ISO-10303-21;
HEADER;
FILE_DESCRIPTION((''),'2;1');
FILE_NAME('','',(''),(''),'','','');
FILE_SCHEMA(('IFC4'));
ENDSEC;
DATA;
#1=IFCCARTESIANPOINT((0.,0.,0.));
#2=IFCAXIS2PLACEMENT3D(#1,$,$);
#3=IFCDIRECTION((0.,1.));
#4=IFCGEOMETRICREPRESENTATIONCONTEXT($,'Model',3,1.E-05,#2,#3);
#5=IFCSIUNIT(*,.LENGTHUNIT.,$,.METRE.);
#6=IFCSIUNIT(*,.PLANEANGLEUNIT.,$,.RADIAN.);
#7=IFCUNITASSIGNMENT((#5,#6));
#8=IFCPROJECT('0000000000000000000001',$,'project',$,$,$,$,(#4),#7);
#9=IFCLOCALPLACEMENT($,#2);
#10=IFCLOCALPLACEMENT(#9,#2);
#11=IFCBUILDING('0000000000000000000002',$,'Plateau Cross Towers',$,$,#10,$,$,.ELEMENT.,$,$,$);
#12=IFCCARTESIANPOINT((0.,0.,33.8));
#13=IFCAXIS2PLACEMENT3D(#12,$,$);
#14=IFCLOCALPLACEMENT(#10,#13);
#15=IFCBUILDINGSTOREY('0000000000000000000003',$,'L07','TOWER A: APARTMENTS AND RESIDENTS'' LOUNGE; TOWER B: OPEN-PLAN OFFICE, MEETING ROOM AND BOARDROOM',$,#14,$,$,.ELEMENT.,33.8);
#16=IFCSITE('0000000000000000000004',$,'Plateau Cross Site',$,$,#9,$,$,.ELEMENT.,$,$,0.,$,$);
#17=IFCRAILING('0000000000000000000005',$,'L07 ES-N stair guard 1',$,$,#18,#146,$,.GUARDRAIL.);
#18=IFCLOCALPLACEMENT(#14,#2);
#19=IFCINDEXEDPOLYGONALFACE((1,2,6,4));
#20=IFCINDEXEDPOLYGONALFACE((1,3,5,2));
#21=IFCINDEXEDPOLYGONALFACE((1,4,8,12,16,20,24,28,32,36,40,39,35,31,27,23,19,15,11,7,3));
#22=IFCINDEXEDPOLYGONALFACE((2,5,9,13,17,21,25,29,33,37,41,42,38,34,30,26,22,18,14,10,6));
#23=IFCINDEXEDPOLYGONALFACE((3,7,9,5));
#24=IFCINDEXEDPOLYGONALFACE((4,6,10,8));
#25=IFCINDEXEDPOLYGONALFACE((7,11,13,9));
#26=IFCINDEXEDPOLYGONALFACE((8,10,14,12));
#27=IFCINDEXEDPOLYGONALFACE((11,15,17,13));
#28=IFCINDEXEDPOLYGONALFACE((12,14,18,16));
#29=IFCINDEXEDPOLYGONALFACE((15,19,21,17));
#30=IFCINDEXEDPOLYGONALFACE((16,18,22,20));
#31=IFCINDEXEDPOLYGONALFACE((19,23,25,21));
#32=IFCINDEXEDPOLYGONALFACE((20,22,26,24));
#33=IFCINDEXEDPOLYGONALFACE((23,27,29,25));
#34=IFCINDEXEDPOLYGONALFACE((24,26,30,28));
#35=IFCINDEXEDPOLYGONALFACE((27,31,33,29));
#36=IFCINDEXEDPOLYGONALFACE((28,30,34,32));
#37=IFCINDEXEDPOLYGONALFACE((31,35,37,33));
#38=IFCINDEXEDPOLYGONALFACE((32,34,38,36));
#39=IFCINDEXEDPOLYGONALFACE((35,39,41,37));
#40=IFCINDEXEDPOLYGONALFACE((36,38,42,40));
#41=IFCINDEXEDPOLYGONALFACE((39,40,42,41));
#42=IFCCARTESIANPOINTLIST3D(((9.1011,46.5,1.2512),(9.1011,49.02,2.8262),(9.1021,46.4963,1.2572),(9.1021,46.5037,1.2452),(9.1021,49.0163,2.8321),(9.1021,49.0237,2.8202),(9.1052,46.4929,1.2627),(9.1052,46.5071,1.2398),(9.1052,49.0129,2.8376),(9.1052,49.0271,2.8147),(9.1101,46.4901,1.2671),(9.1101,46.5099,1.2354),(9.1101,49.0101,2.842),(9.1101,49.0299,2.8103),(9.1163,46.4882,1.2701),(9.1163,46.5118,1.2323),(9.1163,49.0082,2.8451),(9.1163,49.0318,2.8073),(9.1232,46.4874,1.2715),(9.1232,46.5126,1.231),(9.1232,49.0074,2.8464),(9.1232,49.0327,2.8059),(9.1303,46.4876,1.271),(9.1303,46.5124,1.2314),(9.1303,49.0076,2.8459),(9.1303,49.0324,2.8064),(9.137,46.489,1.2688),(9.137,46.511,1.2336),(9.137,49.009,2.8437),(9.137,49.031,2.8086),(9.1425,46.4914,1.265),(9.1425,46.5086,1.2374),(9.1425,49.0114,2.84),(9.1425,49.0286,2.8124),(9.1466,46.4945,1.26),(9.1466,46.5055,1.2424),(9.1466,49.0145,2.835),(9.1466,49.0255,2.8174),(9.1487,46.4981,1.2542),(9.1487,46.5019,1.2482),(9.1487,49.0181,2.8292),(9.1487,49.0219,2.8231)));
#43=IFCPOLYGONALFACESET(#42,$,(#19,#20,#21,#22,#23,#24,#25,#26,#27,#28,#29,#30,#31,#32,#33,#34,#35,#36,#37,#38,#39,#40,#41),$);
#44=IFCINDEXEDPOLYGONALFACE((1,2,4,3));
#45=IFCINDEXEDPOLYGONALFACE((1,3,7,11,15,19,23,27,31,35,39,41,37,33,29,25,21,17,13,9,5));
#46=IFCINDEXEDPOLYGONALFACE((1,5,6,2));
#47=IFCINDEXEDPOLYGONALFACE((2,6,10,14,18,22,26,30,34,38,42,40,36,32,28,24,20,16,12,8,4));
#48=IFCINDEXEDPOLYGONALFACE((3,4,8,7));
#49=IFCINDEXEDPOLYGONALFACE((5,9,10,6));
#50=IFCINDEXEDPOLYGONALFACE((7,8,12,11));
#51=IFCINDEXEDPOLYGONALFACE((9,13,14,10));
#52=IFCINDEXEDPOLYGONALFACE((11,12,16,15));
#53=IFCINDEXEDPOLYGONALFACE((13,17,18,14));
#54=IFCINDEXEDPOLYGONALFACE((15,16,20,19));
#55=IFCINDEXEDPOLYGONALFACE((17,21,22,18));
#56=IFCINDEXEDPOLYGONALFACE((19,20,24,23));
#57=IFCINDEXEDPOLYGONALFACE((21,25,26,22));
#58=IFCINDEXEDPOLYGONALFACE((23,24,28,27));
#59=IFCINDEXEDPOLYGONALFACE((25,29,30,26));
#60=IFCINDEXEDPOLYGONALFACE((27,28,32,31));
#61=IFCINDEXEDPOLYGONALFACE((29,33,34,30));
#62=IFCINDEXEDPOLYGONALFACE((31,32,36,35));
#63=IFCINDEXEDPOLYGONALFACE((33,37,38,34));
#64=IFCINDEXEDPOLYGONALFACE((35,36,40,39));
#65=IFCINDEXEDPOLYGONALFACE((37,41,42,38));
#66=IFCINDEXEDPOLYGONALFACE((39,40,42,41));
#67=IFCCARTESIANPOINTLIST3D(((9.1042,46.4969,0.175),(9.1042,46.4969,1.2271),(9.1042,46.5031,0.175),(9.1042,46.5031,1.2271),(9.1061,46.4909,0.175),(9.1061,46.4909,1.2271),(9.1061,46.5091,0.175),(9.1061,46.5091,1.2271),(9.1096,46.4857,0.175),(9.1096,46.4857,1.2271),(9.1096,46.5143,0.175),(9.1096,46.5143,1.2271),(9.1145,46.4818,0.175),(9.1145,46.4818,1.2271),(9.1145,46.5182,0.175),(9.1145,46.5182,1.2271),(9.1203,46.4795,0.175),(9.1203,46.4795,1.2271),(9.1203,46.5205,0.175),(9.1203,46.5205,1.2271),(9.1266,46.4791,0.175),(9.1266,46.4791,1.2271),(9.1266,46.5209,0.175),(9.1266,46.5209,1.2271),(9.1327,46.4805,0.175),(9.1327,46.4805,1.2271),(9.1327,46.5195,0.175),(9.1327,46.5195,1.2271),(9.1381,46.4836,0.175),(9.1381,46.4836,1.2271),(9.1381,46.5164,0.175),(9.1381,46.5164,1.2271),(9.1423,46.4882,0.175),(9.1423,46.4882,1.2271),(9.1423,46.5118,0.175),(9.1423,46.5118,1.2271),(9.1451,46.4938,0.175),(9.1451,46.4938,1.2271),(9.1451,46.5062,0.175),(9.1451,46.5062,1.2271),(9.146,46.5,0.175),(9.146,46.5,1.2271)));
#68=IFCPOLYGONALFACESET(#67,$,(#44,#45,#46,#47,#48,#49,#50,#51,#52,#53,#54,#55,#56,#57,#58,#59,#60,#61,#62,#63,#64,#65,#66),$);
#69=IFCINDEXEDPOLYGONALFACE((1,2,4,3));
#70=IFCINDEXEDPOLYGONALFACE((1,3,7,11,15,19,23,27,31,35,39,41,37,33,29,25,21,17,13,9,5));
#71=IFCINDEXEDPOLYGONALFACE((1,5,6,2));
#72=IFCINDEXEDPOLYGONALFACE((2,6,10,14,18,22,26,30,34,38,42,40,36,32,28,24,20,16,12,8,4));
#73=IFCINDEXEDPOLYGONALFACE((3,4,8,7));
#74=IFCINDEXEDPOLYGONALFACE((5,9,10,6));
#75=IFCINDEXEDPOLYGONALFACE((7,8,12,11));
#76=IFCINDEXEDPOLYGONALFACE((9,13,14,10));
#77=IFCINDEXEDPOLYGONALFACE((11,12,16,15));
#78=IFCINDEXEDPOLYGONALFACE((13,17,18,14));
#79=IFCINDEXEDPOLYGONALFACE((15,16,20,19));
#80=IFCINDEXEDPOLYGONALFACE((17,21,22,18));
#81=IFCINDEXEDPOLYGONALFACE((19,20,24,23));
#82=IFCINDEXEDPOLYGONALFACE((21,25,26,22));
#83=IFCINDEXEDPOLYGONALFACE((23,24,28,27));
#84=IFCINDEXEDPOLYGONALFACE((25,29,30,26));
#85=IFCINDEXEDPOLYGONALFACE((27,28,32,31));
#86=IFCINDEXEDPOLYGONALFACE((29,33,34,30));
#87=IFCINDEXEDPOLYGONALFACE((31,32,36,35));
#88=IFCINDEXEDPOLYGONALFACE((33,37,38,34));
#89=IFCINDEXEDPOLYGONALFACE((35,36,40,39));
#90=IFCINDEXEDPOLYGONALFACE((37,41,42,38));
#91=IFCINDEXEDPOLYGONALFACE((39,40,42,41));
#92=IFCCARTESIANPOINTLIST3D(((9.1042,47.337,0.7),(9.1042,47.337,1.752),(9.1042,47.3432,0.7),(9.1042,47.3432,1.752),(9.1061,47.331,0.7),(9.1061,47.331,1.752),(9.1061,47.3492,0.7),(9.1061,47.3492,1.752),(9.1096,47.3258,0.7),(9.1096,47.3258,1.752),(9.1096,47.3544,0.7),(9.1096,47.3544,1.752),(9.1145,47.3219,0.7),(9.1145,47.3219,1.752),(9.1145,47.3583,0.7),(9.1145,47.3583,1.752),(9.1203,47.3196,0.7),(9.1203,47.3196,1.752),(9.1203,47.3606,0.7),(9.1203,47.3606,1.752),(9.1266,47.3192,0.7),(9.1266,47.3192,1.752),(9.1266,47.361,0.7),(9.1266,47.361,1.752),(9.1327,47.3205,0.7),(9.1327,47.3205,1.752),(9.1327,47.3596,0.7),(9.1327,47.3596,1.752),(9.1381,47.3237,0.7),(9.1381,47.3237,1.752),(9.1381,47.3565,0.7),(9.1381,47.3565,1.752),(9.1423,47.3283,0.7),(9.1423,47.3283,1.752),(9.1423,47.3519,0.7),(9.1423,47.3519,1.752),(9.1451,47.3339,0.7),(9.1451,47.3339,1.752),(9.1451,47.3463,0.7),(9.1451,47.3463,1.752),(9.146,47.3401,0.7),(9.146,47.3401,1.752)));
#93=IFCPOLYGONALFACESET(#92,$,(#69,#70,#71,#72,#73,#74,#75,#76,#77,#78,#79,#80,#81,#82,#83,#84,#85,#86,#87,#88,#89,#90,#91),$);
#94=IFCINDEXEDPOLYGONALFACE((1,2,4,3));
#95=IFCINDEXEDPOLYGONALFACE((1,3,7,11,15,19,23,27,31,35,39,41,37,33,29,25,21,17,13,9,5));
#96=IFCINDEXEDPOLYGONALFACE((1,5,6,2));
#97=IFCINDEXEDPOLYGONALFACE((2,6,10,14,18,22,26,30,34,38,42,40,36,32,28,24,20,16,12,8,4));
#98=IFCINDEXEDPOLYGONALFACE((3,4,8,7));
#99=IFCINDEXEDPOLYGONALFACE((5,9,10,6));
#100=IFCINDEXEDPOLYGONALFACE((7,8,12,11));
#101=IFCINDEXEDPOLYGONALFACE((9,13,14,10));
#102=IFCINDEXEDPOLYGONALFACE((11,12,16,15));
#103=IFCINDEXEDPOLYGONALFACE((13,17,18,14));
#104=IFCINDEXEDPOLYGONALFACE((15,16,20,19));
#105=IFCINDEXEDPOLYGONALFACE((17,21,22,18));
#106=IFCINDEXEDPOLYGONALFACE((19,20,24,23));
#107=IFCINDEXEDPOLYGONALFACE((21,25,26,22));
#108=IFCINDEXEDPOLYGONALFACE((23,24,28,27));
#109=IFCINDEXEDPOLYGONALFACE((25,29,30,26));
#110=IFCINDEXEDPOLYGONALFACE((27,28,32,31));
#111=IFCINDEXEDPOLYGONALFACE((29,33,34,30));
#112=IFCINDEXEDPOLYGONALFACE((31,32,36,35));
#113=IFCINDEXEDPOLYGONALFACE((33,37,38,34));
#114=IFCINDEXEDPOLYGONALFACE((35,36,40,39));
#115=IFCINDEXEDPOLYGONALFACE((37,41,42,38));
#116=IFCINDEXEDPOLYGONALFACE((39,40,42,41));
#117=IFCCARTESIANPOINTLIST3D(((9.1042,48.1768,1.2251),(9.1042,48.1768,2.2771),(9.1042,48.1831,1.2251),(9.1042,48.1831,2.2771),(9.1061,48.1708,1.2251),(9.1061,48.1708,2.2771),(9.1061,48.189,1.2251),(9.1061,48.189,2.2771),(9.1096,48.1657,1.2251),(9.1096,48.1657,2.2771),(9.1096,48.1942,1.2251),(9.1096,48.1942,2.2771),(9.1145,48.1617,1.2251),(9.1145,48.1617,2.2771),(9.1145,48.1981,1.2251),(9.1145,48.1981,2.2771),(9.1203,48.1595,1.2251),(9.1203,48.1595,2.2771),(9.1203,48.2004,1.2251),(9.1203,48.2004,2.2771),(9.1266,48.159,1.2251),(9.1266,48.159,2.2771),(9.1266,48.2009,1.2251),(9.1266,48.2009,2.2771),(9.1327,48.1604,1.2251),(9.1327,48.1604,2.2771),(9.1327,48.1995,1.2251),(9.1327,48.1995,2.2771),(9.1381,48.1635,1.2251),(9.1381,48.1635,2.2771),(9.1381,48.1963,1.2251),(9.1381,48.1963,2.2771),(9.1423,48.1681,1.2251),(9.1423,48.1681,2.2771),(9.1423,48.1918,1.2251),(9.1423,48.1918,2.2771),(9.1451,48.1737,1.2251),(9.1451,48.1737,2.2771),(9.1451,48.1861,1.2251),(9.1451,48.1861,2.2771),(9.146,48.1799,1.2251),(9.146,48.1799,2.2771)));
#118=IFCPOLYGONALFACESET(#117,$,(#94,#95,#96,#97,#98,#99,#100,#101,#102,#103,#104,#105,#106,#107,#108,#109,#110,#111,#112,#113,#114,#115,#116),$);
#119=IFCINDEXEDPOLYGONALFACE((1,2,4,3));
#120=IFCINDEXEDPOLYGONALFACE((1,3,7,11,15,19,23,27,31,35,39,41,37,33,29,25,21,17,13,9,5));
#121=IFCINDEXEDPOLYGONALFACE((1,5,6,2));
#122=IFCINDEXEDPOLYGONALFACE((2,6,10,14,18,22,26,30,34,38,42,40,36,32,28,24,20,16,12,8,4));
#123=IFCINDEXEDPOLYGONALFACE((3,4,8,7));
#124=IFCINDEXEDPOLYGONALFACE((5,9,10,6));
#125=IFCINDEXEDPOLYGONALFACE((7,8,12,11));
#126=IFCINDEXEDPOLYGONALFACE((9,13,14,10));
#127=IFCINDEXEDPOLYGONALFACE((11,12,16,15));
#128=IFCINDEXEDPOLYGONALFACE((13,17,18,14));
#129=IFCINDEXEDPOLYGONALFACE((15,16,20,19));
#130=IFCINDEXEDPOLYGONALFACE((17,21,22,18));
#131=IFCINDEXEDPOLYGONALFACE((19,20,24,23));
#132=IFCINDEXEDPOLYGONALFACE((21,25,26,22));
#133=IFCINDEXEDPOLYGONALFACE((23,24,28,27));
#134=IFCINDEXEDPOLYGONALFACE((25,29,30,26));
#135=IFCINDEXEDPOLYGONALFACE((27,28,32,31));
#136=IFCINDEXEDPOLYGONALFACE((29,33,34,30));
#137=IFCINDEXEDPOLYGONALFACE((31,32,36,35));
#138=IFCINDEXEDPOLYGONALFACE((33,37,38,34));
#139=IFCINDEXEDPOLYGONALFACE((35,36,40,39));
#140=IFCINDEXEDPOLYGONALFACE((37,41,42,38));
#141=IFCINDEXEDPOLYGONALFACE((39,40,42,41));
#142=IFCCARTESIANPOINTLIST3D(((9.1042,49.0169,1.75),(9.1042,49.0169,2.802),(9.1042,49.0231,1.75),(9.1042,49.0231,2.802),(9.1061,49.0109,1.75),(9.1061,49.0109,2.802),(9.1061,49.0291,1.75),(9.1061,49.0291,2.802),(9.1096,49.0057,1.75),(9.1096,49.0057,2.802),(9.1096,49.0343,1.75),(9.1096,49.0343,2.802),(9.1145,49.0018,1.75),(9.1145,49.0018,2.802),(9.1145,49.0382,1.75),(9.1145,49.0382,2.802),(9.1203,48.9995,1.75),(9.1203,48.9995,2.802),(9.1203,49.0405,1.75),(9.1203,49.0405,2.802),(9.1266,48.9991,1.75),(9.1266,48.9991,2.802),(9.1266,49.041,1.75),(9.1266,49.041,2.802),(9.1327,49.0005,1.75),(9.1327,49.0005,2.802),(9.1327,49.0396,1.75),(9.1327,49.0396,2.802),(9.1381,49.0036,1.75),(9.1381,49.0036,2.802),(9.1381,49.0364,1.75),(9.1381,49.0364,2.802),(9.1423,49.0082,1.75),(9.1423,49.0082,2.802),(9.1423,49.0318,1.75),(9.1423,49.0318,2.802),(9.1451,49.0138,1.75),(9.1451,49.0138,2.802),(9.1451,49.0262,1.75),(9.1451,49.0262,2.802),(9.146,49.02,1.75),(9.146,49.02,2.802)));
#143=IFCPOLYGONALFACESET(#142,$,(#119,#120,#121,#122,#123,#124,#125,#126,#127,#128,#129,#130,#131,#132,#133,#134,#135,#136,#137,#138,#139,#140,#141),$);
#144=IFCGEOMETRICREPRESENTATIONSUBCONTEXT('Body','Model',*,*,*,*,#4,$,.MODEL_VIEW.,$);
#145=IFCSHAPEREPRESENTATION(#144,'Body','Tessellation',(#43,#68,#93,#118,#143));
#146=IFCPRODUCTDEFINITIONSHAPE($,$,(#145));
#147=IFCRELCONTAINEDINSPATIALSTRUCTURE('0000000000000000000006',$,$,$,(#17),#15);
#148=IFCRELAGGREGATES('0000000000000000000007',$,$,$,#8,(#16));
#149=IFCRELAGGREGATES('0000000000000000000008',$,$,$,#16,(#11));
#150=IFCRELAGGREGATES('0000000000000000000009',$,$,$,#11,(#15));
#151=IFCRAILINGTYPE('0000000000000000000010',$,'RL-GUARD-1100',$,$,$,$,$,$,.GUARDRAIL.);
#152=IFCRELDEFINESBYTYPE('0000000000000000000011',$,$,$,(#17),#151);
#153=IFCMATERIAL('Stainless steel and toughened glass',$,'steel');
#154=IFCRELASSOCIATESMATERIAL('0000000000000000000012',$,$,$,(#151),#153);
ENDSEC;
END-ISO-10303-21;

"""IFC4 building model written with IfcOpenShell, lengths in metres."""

from ifc_helpers import new_model, si_unit, direction, frame, origin, origin_2d, place, context, subcontext, project, spatial, circle, extrude, material, type_object, element, save


model = new_model("IFC4")

# Units and contexts
model_context = context("Model", 3, precision=1e-05, world=origin(), true_north=direction((0.0, 1.0)))
body_context = subcontext(model_context, "Body", "Model", "MODEL_VIEW")
ifc_project = project(units=[si_unit("LENGTHUNIT", "METRE"), si_unit("PLANEANGLEUNIT", "RADIAN")], contexts=[model_context])

# Site, building, storey
site_placement = place(None, origin())
site = spatial("IfcSite", under=ifc_project, at=site_placement, Name="Plateau Cross Site", CompositionType="ELEMENT", RefElevation=0.0)
building_placement = place(site_placement, origin())
building = spatial("IfcBuilding", under=site, at=building_placement, Name="Plateau Cross Towers", CompositionType="ELEMENT")
storey_placement = place(building_placement, frame((0.0, 0.0, 33.8)))
storey = spatial("IfcBuildingStorey", under=building, at=storey_placement, Name="L07", Description="TOWER A: APARTMENTS AND RESIDENTS' LOUNGE; TOWER B: OPEN-PLAN OFFICE, MEETING ROOM AND BOARDROOM", CompositionType="ELEMENT", Elevation=33.8)

# Railing
ifc_material_1 = material(Name="Stainless steel and toughened glass", Category="steel")
railing_type_1 = type_object("IfcRailingType", Name="RL-GUARD-1100", PredefinedType="GUARDRAIL", material=ifc_material_1)
railing_1_placement = place(storey_placement, frame((9.125, 46.5, 0.175)))
element("IfcRailing", 1, at=railing_1_placement, inside=storey, type_object=railing_type_1, Name="L07 ES-N stair guard 1", PredefinedType="GUARDRAIL", context=body_context, shape_type="SweptSolid", body=[
    extrude(circle(Radius=0.0239, at=origin_2d()), frame((0.0, 0.0, 1.0762), z_axis=(0.0, 0.848008, 0.529984), x_axis=(-1.0, 0.0, 0.0)), (0.0, 0.0, 1.0), 2.9717),
    extrude(circle(Radius=0.021, at=origin_2d()), origin(), (0.0, 0.0, 1.0), 1.052),
    extrude(circle(Radius=0.021, at=origin_2d()), frame((0.0, 0.8401, 0.5249)), (0.0, 0.0, 1.0), 1.052),
    extrude(circle(Radius=0.021, at=origin_2d()), frame((0.0, 1.6799, 1.05)), (0.0, 0.0, 1.0), 1.052),
    extrude(circle(Radius=0.021, at=origin_2d()), frame((0.0, 2.52, 1.575)), (0.0, 0.0, 1.0), 1.052),
])

save(model, "model.ifc")
